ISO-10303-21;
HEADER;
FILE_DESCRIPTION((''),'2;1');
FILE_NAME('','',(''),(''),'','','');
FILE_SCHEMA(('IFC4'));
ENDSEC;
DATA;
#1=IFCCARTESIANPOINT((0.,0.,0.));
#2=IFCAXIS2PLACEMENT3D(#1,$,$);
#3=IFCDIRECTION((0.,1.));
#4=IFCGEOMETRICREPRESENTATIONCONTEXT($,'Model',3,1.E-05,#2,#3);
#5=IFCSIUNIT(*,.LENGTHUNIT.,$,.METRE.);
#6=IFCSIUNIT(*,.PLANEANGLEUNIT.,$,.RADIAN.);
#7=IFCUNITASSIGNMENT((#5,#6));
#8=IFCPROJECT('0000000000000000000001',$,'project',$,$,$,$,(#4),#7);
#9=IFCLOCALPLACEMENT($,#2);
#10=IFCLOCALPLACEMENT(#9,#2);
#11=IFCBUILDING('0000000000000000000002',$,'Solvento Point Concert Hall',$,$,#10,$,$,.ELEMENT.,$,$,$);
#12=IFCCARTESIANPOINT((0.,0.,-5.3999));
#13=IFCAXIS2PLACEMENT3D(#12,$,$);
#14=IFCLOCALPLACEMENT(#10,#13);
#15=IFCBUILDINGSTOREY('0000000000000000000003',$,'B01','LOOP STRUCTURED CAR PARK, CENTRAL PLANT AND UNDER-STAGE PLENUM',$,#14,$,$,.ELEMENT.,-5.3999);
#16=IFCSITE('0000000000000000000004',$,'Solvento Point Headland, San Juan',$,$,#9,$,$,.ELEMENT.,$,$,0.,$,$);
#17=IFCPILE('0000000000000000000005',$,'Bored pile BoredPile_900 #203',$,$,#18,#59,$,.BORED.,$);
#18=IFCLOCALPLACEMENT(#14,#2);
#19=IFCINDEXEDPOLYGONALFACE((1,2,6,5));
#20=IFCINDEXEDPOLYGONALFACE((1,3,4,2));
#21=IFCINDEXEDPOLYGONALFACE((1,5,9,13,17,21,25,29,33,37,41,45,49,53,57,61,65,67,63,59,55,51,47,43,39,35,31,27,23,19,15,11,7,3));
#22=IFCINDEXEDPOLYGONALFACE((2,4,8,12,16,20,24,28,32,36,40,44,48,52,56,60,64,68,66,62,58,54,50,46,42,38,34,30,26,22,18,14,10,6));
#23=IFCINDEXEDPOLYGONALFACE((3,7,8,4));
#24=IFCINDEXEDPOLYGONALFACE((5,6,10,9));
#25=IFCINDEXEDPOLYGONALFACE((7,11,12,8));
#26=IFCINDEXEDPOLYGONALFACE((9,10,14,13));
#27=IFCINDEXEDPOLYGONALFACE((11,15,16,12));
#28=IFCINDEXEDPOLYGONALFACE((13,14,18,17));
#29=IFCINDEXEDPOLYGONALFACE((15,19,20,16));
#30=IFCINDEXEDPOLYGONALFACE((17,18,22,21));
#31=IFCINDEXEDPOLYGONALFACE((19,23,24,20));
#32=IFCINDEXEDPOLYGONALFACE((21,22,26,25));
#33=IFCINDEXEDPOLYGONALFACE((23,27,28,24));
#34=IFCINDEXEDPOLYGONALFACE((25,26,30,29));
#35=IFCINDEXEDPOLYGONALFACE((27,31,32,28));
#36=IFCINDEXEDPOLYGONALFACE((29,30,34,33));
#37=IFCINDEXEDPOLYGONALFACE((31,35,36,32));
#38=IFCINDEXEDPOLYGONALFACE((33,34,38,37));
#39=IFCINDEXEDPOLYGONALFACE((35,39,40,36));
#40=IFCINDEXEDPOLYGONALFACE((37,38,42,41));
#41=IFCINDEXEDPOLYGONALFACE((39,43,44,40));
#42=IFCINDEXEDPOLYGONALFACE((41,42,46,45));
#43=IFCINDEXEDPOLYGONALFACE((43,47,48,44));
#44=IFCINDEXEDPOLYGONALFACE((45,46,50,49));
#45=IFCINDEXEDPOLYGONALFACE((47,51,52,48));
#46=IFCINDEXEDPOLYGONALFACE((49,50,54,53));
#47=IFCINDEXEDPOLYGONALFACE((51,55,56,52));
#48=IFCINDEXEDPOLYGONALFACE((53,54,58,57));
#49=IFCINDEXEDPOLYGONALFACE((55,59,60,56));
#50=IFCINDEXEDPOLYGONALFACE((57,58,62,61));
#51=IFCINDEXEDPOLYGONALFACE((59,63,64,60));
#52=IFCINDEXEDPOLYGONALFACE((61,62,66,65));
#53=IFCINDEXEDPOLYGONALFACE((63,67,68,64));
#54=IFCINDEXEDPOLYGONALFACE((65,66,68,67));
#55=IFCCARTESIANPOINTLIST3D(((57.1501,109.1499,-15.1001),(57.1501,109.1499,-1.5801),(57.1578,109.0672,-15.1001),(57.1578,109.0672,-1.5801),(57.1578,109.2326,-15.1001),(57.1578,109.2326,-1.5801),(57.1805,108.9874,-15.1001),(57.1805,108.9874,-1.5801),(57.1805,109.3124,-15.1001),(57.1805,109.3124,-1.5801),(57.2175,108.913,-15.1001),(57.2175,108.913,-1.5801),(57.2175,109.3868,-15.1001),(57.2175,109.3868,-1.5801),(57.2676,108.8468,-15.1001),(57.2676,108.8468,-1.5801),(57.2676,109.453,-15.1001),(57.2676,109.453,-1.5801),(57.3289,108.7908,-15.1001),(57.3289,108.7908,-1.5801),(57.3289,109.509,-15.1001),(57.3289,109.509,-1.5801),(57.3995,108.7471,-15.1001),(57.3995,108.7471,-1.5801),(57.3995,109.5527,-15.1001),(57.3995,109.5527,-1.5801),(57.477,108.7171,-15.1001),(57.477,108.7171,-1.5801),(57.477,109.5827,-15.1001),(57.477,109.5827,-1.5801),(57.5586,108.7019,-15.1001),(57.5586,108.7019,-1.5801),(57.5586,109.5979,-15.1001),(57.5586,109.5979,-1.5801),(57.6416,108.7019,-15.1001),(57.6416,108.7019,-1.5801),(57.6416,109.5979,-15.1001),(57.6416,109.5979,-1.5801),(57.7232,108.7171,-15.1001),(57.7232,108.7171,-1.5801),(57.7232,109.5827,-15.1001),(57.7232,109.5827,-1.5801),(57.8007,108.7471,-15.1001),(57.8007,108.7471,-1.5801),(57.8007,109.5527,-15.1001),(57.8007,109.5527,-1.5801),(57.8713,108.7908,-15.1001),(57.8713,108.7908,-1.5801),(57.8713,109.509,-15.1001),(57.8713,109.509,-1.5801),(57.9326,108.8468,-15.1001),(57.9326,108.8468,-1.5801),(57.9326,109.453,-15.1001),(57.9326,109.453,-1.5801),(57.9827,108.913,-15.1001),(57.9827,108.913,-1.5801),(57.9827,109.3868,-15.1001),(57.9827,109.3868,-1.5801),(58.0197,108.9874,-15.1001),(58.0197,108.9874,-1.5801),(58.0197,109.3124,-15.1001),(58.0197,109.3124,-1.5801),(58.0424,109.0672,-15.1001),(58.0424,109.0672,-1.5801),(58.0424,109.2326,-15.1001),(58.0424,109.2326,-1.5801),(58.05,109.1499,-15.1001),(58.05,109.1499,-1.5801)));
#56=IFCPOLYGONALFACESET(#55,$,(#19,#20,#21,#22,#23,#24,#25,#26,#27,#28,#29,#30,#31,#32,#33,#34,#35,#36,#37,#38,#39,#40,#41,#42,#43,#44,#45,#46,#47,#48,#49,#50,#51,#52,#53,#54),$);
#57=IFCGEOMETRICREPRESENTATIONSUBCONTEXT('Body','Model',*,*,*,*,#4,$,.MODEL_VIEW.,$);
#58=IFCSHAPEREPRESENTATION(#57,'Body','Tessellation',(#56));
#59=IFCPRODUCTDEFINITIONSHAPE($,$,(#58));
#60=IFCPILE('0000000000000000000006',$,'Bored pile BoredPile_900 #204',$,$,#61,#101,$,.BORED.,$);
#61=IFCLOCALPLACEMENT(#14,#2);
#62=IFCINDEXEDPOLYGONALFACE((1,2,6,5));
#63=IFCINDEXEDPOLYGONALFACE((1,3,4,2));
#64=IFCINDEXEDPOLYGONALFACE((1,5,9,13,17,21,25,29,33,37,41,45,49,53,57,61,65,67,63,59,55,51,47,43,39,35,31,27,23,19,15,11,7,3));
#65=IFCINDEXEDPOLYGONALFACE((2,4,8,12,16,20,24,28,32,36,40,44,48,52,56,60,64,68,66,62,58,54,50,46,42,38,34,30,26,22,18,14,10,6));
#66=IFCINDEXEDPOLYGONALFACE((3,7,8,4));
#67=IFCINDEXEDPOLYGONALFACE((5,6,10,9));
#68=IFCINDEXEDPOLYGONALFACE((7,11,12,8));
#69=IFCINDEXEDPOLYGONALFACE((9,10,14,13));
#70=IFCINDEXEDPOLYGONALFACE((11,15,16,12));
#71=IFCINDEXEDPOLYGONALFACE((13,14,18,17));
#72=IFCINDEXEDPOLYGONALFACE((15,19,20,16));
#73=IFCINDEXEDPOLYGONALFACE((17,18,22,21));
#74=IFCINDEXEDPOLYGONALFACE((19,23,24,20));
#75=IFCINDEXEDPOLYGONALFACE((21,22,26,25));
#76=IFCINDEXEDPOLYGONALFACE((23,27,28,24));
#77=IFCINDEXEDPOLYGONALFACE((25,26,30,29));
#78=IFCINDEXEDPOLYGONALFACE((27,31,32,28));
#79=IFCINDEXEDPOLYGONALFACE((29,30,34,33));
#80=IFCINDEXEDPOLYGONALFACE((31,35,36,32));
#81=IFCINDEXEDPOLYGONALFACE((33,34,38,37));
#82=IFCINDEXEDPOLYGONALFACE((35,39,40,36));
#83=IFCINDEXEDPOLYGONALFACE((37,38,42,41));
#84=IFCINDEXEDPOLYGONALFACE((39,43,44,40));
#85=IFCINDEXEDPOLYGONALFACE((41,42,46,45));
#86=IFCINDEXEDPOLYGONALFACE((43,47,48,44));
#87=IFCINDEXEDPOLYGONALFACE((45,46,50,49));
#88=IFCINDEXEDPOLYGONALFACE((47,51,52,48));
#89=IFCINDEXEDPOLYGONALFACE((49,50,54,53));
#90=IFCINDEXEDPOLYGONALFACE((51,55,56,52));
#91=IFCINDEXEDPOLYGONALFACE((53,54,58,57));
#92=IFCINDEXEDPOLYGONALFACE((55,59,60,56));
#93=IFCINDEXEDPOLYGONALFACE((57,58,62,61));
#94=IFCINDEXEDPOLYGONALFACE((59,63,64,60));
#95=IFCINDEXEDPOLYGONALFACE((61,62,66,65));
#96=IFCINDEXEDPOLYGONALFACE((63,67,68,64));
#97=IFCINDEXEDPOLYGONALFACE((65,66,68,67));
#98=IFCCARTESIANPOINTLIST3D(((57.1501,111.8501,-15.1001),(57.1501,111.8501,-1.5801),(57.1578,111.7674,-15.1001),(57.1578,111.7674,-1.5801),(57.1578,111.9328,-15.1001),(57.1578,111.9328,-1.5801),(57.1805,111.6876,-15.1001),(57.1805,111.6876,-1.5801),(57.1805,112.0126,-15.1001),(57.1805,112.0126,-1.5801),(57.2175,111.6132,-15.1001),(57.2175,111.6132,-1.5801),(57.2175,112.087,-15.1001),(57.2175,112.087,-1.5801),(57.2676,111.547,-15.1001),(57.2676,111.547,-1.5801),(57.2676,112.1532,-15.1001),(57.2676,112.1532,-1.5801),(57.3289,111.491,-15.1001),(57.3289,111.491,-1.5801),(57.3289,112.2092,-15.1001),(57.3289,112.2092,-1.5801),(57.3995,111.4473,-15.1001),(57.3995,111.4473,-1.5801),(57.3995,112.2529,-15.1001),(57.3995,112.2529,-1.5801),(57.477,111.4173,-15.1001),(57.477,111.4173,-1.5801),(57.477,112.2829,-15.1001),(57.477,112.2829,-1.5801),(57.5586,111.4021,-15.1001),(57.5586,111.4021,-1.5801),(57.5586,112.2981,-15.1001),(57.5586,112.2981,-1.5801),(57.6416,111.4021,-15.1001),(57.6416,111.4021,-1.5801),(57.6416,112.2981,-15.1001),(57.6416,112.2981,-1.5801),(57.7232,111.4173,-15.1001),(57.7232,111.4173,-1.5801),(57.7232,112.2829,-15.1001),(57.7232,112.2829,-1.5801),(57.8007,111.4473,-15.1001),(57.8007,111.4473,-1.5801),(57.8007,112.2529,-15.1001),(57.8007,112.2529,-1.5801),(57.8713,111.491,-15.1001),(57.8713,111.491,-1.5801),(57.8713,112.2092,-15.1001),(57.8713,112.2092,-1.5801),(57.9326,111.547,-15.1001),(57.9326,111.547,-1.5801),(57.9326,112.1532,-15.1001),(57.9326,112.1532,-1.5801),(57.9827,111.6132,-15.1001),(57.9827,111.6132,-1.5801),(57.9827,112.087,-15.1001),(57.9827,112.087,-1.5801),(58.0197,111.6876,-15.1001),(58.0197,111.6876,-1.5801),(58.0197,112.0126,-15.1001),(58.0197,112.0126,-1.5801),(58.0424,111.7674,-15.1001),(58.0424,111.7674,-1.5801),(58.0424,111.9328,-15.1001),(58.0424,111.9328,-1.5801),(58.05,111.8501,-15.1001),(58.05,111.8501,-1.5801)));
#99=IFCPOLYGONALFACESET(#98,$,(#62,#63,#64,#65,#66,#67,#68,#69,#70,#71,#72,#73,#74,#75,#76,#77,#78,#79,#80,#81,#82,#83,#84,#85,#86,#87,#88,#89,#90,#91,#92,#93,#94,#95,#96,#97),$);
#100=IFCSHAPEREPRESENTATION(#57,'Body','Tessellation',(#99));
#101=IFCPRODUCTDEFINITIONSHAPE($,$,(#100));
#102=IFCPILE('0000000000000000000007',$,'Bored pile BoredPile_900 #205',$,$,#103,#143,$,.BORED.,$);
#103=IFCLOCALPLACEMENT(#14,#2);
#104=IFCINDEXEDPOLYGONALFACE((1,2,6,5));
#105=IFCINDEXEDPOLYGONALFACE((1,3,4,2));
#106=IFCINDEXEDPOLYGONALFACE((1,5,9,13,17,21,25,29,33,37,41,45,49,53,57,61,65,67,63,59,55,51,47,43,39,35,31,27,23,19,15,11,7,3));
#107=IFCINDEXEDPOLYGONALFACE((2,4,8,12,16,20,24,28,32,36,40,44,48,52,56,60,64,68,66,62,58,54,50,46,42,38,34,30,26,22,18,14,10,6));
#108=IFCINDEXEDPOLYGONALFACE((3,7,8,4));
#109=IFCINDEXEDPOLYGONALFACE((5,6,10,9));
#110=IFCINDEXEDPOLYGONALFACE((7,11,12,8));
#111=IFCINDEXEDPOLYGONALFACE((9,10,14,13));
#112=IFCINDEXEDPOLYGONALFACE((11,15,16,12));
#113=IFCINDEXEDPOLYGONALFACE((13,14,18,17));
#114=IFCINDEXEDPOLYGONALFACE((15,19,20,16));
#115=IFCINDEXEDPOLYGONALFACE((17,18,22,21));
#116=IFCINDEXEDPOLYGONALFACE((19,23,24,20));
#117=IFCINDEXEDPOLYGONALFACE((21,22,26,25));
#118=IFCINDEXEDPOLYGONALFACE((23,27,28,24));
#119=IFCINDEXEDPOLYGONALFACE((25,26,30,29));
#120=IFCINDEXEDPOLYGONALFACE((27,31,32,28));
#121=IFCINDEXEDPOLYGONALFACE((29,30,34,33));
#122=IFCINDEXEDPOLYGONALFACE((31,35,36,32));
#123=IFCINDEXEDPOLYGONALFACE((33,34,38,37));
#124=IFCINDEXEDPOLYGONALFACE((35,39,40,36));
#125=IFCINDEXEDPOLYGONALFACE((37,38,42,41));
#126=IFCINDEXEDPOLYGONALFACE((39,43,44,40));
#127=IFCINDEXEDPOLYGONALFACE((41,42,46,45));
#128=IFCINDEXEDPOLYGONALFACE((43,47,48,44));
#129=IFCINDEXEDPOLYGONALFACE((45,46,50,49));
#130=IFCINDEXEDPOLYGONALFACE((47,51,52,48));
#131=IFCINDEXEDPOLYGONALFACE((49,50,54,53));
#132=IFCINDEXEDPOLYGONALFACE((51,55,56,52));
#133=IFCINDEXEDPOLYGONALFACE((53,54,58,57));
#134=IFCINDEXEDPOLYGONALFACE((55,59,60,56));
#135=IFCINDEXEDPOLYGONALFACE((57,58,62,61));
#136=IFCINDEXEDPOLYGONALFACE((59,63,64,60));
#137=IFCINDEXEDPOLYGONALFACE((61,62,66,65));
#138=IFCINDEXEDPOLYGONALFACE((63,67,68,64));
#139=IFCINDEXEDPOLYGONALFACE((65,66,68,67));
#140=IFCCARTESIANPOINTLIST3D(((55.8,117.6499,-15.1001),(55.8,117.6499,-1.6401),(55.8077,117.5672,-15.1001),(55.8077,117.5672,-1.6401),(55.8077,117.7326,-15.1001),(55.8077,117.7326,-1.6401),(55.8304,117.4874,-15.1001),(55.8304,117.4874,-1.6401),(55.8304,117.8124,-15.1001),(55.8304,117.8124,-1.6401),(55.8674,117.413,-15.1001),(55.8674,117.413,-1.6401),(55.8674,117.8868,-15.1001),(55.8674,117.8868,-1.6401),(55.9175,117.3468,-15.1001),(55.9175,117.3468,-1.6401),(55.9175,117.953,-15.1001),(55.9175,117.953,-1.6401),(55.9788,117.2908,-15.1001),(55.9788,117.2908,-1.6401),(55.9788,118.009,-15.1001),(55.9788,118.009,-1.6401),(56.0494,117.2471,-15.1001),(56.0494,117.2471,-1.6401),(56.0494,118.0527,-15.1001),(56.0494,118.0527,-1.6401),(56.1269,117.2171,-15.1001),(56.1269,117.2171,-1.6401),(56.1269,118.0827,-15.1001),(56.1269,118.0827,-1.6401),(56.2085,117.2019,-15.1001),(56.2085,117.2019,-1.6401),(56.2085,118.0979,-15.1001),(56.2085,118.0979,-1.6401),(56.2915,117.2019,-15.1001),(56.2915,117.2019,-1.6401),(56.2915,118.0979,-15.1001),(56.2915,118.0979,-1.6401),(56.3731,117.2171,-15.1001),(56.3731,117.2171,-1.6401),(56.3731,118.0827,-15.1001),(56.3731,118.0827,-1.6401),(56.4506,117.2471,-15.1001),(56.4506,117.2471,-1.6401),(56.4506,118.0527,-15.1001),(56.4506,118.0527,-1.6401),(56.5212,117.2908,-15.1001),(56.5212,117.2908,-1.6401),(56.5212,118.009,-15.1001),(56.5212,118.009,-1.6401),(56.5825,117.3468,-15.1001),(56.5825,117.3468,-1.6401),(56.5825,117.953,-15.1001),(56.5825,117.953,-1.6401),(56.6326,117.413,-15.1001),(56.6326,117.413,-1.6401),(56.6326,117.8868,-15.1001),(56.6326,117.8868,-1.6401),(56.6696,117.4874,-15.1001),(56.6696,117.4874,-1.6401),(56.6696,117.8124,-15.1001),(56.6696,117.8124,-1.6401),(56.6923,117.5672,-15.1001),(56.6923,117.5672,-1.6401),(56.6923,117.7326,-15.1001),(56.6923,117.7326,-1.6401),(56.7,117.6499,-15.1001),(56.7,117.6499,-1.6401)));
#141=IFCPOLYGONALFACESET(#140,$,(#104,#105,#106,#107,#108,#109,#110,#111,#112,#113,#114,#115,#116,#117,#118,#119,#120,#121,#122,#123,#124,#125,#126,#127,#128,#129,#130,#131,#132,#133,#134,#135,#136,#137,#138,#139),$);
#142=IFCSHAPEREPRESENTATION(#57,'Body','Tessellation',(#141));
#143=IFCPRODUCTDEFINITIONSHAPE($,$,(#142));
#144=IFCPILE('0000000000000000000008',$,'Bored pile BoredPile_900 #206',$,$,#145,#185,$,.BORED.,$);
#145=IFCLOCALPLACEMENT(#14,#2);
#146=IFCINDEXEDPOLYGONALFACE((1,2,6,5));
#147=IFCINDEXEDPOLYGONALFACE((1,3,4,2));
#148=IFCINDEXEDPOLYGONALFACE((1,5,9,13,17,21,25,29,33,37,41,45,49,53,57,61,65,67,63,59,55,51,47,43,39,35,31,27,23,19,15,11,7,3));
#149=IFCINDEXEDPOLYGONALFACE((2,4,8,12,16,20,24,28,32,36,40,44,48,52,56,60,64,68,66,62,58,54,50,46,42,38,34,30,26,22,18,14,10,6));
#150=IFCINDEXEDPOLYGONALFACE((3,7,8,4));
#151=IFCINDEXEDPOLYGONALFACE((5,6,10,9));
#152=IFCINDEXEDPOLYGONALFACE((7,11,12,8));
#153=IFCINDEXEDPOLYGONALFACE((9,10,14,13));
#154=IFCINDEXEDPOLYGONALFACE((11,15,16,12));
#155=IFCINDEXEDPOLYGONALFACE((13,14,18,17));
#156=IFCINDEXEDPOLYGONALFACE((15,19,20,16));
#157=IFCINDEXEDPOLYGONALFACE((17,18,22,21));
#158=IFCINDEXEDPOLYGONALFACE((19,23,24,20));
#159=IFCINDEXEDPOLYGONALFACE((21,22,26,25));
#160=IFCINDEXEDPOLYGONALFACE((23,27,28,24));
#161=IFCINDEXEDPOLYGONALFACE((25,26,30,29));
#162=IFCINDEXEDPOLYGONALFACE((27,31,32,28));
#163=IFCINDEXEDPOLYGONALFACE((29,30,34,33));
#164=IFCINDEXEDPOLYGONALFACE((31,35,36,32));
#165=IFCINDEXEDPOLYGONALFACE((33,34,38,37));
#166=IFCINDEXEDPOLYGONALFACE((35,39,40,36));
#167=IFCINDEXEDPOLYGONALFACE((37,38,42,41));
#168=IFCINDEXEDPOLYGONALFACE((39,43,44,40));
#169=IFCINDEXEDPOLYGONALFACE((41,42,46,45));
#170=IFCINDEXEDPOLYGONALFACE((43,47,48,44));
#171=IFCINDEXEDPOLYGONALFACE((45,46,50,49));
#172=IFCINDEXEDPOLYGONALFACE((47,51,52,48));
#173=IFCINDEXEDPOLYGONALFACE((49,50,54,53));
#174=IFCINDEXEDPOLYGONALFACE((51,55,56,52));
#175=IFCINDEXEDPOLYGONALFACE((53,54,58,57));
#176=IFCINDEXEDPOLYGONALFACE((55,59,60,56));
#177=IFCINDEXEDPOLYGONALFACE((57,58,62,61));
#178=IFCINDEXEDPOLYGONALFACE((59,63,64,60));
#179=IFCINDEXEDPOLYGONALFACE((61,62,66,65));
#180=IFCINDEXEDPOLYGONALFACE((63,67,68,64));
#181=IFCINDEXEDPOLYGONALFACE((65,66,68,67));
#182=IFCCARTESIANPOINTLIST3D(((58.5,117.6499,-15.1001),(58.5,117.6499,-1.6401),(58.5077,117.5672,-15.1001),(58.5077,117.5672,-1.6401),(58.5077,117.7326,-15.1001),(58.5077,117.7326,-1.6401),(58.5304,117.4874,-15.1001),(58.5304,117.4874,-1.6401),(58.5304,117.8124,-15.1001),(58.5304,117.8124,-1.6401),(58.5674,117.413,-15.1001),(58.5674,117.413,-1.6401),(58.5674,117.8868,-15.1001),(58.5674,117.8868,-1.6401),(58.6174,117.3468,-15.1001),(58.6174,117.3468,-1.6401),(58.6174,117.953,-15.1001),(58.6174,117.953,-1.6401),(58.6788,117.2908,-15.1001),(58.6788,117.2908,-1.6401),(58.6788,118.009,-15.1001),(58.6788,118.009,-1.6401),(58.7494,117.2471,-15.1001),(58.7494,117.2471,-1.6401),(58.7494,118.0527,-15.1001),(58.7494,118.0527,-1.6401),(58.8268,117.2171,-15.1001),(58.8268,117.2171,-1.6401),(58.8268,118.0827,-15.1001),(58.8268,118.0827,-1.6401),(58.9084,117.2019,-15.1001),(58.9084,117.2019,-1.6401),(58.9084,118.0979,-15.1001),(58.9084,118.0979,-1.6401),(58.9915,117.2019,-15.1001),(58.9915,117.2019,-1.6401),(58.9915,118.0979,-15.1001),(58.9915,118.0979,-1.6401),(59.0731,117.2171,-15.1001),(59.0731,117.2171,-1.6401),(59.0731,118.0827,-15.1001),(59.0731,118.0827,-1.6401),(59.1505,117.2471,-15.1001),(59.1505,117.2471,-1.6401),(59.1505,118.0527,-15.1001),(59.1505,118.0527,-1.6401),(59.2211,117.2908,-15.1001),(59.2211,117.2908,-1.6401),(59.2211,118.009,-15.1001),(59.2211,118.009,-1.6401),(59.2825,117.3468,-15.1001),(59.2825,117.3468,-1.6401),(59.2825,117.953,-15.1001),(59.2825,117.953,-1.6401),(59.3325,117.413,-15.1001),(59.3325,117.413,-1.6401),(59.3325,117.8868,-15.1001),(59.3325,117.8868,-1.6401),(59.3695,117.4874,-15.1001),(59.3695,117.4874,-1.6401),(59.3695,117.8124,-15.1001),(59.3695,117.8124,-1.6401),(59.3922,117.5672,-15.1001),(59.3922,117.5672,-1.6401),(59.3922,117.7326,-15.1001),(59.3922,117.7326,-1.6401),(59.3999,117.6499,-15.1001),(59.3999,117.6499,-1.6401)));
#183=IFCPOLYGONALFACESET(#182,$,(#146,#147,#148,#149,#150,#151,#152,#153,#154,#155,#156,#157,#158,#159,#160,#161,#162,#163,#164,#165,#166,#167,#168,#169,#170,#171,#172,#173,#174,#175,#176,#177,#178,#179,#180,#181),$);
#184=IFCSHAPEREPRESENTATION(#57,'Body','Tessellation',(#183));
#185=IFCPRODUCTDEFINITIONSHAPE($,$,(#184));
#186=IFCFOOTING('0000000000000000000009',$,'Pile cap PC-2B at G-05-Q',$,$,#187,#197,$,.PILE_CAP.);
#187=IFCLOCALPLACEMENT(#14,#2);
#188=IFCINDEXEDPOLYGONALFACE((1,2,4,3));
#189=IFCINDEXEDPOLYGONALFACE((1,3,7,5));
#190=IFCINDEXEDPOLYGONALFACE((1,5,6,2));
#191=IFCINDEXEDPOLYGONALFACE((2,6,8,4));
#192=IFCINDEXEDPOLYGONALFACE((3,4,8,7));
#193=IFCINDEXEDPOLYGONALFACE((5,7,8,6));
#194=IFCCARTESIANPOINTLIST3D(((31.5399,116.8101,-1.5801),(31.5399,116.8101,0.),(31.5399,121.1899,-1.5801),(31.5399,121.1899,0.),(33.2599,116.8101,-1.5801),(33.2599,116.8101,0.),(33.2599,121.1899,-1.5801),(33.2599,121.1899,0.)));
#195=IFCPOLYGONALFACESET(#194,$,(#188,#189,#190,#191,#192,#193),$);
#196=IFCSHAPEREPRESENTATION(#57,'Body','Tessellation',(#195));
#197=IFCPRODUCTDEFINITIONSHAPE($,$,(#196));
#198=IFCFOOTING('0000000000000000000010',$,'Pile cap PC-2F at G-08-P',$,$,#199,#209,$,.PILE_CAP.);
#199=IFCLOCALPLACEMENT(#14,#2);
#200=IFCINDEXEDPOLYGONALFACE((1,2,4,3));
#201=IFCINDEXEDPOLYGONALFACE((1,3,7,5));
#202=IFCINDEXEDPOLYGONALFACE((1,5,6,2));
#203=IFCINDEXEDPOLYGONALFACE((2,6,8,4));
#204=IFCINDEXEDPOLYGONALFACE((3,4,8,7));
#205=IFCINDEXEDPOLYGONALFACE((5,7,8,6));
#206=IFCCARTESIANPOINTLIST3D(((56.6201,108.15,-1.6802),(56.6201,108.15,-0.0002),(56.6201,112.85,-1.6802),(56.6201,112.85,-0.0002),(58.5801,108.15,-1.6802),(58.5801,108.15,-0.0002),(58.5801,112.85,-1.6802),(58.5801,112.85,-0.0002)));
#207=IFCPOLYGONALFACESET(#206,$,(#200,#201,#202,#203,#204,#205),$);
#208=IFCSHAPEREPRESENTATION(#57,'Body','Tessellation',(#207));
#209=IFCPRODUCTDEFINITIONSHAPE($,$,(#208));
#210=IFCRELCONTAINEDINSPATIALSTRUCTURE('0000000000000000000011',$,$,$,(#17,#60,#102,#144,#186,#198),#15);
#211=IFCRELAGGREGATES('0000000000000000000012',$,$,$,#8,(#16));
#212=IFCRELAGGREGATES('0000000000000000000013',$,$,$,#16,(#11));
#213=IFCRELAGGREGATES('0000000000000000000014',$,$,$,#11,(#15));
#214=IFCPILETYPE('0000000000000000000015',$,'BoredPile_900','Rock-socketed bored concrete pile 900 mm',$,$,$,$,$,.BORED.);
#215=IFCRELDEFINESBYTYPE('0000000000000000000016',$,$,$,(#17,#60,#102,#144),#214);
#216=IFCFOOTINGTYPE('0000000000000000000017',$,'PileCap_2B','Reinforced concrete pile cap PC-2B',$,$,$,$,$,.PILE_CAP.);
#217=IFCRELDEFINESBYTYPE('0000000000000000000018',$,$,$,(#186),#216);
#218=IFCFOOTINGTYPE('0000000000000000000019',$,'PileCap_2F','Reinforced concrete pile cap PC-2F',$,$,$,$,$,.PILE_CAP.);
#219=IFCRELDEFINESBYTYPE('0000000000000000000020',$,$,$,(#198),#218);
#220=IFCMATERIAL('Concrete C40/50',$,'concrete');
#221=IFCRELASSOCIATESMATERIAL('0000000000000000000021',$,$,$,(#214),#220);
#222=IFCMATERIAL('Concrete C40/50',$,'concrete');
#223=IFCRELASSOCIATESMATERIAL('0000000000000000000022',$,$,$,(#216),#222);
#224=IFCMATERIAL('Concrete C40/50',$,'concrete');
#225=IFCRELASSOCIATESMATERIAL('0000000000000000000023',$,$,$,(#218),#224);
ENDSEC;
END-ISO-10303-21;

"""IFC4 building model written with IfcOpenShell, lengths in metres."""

from ifc_helpers import new_model, si_unit, direction, frame, origin, origin_2d, place, context, subcontext, project, spatial, rectangle, circle, extrude, material, material_profile, profile_set, type_object, element, save


model = new_model("IFC4")

# Units and contexts
model_context = context("Model", 3, precision=1e-05, world=origin(), true_north=direction((0.0, 1.0)))
body_context = subcontext(model_context, "Body", "Model", "MODEL_VIEW")
ifc_project = project(units=[si_unit("LENGTHUNIT", "METRE"), si_unit("PLANEANGLEUNIT", "RADIAN")], contexts=[model_context])

# Site, building, storey
site_placement = place(None, origin())
site = spatial("IfcSite", under=ifc_project, at=site_placement, Name="Solvento Point Headland, San Juan", CompositionType="ELEMENT", RefElevation=0.0)
building_placement = place(site_placement, origin())
building = spatial("IfcBuilding", under=site, at=building_placement, Name="Solvento Point Concert Hall", CompositionType="ELEMENT")
storey_placement = place(building_placement, frame((0.0, 0.0, -5.3999)))
storey = spatial("IfcBuildingStorey", under=building, at=storey_placement, Name="B01", Description="LOOP STRUCTURED CAR PARK, CENTRAL PLANT AND UNDER-STAGE PLENUM", CompositionType="ELEMENT", Elevation=-5.3999)

# Piles
ifc_material_1 = material(Name="Concrete C40/50", Category="concrete")
ifc_material_profile_1 = material_profile(ifc_material_1, circle(Radius=0.45, at=origin_2d()), Name="BP-900")
ifc_profile_set_1 = profile_set([ifc_material_profile_1], Name="Concrete C40/50")
pile_type_1 = type_object("IfcPileType", Name="BoredPile_900", Description="Rock-socketed bored concrete pile 900 mm", PredefinedType="BORED", material=ifc_profile_set_1)
for number, where, z_axis, x_axis, name in (
    (1, (57.6001, 109.1499, -1.5801), (0.0, 0.0, -1.0), (1.0, 0.0, 0.0), "Bored pile BoredPile_900 #203"),
    (2, (57.6001, 111.8501, -1.5801), (0.0, 0.0, -1.0), (1.0, 0.0, 0.0), "Bored pile BoredPile_900 #204"),
):
    element("IfcPile", number, at=place(storey_placement, frame(where, z_axis=z_axis, x_axis=x_axis)), inside=storey, type_object=pile_type_1, Name=name, PredefinedType="BORED", context=body_context, shape_type="SweptSolid", body=[
        extrude(circle(Radius=0.45, at=origin_2d()), origin(), (0.0, 0.0, 1.0), 13.52),
    ])
for number, where, z_axis, x_axis, name in (
    (3, (56.25, 117.6499, -1.6401), (0.0, 0.0, -1.0), (1.0, 0.0, 0.0), "Bored pile BoredPile_900 #205"),
    (4, (58.95, 117.6499, -1.6401), (0.0, 0.0, -1.0), (1.0, 0.0, 0.0), "Bored pile BoredPile_900 #206"),
):
    element("IfcPile", number, at=place(storey_placement, frame(where, z_axis=z_axis, x_axis=x_axis)), inside=storey, type_object=pile_type_1, Name=name, PredefinedType="BORED", context=body_context, shape_type="SweptSolid", body=[
        extrude(circle(Radius=0.45, at=origin_2d()), origin(), (0.0, 0.0, 1.0), 13.46),
    ])

# Footings
ifc_material_2 = material(Name="Concrete C40/50", Category="concrete")
footing_type_1 = type_object("IfcFootingType", Name="PileCap_2B", Description="Reinforced concrete pile cap PC-2B", PredefinedType="PILE_CAP", material=ifc_material_2)
footing_1_placement = place(storey_placement, frame((32.3999, 119.0, -1.5801), z_axis=(0.0, 0.0, 1.0), x_axis=(1.0, 0.0, 0.0)))
element("IfcFooting", 5, at=footing_1_placement, inside=storey, type_object=footing_type_1, Name="Pile cap PC-2B at G-05-Q", PredefinedType="PILE_CAP", context=body_context, shape_type="SweptSolid", body=[
    extrude(rectangle(XDim=1.72, YDim=4.3799, at=origin_2d()), origin(), (0.0, 0.0, 1.0), 1.5801),
])
ifc_material_3 = material(Name="Concrete C40/50", Category="concrete")
footing_type_2 = type_object("IfcFootingType", Name="PileCap_2F", Description="Reinforced concrete pile cap PC-2F", PredefinedType="PILE_CAP", material=ifc_material_3)
footing_2_placement = place(storey_placement, frame((57.6001, 110.5, -1.6802), z_axis=(0.0, 0.0, 1.0), x_axis=(1.0, 0.0, 0.0)))
element("IfcFooting", 6, at=footing_2_placement, inside=storey, type_object=footing_type_2, Name="Pile cap PC-2F at G-08-P", PredefinedType="PILE_CAP", context=body_context, shape_type="SweptSolid", body=[
    extrude(rectangle(XDim=1.96, YDim=4.7, at=origin_2d()), origin(), (0.0, 0.0, 1.0), 1.6799),
])

save(model, "model.ifc")
